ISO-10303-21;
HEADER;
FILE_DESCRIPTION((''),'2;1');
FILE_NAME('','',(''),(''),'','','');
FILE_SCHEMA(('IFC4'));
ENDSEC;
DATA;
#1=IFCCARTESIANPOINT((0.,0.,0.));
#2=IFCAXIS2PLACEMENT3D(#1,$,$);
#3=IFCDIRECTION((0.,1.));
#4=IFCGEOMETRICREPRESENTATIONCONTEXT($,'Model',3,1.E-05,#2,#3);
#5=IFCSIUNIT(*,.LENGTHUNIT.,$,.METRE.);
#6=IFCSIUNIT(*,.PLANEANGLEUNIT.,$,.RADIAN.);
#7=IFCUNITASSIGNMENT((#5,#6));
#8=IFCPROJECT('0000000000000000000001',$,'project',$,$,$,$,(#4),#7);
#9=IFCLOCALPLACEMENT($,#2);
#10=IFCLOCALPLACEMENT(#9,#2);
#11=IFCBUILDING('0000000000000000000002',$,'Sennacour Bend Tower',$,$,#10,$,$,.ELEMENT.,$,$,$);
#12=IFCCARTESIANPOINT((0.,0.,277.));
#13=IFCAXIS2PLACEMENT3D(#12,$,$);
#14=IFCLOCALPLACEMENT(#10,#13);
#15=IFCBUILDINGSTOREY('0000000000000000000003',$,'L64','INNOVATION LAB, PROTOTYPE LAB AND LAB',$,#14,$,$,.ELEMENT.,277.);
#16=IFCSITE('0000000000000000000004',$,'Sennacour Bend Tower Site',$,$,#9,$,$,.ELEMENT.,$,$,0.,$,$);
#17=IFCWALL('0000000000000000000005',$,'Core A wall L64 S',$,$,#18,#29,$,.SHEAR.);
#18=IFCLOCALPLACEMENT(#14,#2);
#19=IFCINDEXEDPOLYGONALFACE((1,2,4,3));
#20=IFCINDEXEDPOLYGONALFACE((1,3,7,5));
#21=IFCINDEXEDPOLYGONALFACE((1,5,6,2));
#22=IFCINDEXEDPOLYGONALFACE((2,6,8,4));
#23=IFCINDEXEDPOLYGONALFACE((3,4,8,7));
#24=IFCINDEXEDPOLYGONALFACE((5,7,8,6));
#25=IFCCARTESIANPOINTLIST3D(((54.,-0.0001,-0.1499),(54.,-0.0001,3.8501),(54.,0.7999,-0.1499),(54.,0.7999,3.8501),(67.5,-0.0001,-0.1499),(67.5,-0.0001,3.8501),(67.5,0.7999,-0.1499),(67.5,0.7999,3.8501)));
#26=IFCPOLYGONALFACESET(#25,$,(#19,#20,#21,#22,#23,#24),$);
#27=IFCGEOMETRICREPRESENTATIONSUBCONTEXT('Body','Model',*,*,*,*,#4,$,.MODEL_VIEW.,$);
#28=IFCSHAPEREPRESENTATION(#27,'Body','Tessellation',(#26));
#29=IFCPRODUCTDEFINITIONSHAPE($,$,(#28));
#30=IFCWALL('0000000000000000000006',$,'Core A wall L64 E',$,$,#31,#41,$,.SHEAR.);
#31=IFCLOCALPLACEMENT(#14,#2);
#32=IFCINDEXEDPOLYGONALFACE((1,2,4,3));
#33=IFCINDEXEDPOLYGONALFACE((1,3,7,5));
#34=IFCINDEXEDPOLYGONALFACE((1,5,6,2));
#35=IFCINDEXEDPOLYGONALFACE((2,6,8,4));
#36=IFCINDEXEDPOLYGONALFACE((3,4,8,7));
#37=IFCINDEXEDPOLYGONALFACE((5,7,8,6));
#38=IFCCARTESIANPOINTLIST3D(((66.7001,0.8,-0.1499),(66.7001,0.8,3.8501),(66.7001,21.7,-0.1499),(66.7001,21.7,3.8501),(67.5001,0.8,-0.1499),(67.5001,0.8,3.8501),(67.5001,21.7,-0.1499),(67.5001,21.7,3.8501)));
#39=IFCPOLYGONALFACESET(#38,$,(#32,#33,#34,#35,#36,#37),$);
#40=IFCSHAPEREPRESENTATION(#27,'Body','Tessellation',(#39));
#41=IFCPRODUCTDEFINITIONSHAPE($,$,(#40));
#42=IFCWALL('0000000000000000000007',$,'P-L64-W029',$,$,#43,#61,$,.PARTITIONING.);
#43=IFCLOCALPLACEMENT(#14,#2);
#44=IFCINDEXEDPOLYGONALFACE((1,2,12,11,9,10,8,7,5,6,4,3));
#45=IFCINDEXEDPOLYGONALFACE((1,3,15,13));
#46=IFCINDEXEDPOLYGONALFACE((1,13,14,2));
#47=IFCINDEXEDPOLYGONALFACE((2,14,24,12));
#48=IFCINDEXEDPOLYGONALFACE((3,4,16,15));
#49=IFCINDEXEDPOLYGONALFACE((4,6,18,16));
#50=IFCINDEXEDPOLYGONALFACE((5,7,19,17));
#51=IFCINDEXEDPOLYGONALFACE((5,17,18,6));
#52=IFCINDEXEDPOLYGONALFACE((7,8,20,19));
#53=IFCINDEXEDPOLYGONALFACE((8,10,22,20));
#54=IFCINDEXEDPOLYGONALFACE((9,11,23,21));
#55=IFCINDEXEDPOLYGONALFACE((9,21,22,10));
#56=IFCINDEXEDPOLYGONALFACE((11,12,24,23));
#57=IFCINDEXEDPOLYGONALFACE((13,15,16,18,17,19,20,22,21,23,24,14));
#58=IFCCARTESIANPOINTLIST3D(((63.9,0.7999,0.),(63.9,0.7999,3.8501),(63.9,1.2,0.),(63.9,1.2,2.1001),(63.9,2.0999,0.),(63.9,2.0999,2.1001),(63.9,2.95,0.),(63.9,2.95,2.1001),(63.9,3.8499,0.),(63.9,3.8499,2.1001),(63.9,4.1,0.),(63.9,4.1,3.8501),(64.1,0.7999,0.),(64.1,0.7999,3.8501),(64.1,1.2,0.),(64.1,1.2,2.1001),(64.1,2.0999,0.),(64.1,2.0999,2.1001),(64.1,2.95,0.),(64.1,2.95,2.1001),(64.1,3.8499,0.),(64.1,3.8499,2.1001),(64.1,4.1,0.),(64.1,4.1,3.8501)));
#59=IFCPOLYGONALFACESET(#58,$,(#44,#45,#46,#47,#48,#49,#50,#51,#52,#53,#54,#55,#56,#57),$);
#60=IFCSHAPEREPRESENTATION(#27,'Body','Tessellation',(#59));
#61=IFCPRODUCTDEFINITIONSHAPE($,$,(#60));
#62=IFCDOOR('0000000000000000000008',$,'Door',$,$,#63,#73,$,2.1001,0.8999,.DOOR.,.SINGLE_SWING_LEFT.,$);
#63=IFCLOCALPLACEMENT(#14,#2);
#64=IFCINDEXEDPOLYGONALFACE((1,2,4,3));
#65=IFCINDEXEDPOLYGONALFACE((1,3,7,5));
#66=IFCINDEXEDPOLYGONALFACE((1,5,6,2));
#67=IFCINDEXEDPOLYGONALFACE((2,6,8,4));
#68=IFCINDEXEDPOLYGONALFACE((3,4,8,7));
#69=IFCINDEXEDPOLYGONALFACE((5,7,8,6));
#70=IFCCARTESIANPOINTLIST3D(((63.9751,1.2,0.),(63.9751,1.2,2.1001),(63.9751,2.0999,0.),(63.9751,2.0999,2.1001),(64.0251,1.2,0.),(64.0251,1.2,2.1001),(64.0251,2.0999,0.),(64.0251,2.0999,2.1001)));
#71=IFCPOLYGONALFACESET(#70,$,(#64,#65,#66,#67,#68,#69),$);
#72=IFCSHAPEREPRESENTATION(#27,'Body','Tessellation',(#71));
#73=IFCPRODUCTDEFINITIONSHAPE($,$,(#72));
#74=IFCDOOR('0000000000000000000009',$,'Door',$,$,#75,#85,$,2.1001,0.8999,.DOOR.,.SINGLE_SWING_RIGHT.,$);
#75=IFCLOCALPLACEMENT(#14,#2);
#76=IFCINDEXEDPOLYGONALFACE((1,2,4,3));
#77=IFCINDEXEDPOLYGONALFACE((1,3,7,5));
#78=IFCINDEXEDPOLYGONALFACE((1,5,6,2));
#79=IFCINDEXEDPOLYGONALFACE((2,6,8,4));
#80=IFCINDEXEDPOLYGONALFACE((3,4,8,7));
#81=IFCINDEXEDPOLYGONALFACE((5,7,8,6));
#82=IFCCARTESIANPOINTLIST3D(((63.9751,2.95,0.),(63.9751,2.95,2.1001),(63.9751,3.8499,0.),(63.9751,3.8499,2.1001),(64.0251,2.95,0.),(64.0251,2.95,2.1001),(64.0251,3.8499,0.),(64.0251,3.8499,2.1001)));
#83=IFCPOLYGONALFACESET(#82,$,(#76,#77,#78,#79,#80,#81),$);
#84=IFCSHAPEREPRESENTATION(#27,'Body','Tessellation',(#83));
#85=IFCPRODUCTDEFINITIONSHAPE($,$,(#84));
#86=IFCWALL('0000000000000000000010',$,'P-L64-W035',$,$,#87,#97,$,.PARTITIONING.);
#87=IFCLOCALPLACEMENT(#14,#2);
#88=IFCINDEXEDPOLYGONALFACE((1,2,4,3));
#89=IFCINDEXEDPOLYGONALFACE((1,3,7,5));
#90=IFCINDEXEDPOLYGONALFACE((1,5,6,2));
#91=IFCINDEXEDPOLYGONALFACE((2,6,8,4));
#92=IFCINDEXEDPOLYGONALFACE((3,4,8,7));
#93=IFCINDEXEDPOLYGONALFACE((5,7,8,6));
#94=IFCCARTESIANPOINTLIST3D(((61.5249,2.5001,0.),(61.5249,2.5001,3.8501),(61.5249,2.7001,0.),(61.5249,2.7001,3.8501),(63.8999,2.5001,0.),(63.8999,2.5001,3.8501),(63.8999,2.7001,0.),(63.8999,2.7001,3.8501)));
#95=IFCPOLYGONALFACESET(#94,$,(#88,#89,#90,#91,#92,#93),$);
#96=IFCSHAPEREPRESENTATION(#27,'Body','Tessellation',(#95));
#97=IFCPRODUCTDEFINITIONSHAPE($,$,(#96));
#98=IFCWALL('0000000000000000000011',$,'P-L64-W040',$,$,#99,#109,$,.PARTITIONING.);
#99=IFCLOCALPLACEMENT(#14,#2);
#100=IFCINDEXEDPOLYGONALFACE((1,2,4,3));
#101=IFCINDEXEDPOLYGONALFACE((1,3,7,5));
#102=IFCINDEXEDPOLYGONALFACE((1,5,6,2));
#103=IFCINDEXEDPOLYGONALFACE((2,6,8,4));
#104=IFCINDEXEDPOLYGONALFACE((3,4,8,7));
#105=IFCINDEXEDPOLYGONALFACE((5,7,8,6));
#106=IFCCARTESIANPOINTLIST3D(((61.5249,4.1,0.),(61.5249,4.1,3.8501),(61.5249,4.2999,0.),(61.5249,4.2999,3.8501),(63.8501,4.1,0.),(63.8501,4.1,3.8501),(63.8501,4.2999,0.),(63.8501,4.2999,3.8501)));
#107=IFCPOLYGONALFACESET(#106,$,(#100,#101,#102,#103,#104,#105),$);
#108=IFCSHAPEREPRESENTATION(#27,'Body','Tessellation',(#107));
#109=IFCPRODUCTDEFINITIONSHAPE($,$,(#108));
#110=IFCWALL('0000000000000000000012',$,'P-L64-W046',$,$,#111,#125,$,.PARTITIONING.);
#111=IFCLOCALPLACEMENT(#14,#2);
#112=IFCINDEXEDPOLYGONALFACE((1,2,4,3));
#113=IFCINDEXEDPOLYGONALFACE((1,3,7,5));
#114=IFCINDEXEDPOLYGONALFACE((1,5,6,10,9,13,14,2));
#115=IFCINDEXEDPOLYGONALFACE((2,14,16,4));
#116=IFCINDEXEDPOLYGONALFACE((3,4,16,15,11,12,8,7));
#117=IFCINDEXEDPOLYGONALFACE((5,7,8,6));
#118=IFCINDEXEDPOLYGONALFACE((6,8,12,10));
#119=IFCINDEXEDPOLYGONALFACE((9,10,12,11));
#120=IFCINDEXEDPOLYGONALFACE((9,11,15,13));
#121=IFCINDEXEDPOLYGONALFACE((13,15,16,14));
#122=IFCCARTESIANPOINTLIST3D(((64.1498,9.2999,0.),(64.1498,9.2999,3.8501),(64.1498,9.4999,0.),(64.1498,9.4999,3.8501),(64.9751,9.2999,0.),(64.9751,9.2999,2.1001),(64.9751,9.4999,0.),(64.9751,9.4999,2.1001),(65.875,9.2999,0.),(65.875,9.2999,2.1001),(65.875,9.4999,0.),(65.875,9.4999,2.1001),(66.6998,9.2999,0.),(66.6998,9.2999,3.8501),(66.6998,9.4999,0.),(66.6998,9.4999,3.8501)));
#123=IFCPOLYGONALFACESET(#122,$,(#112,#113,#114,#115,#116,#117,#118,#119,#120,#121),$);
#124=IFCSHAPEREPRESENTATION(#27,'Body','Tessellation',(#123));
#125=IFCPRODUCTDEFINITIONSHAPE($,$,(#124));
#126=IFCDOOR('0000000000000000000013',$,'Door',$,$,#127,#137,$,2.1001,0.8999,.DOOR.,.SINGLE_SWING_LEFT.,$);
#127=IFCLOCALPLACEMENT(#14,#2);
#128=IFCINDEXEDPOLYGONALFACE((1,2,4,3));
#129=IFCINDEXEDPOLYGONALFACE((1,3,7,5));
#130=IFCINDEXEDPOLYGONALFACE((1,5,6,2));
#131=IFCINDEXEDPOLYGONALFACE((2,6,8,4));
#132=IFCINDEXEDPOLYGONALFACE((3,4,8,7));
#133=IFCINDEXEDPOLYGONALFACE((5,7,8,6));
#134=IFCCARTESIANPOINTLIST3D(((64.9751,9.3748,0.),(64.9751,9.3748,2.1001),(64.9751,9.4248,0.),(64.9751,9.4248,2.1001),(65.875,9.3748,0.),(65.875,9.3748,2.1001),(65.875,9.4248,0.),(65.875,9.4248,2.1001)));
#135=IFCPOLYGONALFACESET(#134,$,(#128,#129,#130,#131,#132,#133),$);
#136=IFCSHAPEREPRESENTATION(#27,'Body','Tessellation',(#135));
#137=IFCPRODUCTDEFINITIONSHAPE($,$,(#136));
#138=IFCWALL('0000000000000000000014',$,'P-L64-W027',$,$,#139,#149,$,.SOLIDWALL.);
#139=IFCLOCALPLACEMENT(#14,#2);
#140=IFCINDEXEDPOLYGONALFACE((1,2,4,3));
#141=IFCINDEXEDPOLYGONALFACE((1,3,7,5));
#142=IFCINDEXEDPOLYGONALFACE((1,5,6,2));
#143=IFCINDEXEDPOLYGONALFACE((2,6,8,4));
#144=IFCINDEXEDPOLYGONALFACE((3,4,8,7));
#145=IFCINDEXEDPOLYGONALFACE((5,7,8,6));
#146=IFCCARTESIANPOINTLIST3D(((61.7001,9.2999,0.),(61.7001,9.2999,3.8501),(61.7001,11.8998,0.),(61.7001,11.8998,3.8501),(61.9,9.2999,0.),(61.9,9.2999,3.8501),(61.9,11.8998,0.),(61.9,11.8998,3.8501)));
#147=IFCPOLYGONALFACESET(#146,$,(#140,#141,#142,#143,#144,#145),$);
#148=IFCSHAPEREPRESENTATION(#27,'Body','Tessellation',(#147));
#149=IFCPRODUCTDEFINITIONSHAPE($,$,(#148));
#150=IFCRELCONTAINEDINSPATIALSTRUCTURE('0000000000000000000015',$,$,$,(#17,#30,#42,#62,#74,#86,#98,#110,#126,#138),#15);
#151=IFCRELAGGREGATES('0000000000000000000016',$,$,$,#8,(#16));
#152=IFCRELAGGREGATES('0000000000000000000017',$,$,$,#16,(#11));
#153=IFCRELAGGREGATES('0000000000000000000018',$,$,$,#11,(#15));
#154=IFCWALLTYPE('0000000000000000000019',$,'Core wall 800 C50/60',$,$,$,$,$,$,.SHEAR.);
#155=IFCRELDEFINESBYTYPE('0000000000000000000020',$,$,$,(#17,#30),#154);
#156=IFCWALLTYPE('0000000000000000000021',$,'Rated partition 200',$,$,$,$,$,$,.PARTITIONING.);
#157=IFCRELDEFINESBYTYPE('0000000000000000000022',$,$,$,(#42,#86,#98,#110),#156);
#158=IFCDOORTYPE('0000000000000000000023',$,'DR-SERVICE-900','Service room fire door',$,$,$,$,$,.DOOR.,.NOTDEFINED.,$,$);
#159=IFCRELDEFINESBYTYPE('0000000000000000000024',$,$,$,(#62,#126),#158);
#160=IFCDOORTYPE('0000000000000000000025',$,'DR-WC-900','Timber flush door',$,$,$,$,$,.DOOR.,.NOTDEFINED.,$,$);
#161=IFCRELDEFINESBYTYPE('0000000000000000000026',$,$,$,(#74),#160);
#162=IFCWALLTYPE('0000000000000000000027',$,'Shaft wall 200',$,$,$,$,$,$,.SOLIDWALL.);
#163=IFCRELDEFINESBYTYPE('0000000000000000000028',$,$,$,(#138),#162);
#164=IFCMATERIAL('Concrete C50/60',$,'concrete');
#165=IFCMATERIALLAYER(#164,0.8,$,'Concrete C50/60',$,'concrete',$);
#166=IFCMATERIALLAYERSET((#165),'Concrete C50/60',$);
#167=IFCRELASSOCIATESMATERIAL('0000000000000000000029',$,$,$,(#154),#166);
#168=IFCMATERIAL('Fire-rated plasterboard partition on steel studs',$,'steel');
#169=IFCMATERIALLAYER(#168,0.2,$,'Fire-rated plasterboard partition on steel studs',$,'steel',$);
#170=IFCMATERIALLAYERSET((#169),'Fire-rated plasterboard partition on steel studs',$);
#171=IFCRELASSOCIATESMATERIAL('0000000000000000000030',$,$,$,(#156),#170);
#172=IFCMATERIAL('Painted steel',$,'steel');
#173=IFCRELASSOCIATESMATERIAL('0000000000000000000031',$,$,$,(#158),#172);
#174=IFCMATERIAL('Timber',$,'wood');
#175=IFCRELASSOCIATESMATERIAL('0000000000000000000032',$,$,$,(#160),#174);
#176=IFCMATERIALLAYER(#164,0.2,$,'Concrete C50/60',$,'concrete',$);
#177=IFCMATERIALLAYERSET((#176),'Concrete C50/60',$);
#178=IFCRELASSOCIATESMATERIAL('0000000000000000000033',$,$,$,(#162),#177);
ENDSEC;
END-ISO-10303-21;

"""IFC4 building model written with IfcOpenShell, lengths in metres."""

from ifc_helpers import new_model, si_unit, direction, frame, frame_2d, origin, place, context, subcontext, project, spatial, rectangle, extrude, material, layer, layer_set, type_object, element, fill, save


model = new_model("IFC4")

# Units and contexts
model_context = context("Model", 3, precision=1e-05, world=origin(), true_north=direction((0.0, 1.0)))
body_context = subcontext(model_context, "Body", "Model", "MODEL_VIEW")
ifc_project = project(units=[si_unit("LENGTHUNIT", "METRE"), si_unit("PLANEANGLEUNIT", "RADIAN")], contexts=[model_context])

# Site, building, storey
site_placement = place(None, origin())
site = spatial("IfcSite", under=ifc_project, at=site_placement, Name="Sennacour Bend Tower Site", CompositionType="ELEMENT", RefElevation=0.0)
building_placement = place(site_placement, origin())
building = spatial("IfcBuilding", under=site, at=building_placement, Name="Sennacour Bend Tower", CompositionType="ELEMENT")
storey_placement = place(building_placement, frame((0.0, 0.0, 277.0)))
storey = spatial("IfcBuildingStorey", under=building, at=storey_placement, Name="L64", Description="INNOVATION LAB, PROTOTYPE LAB AND LAB", CompositionType="ELEMENT", Elevation=277.0)

# Walls
ifc_material_1 = material(Name="Concrete C50/60", Category="concrete")
ifc_layer_1 = layer(ifc_material_1, 0.8, Name="Concrete C50/60", Category="concrete")
ifc_layer_set_1 = layer_set([ifc_layer_1], Name="Concrete C50/60")
wall_type_1 = type_object("IfcWallType", Name="Core wall 800 C50/60", PredefinedType="SHEAR", material=ifc_layer_set_1)
wall_1_placement = place(storey_placement, frame((67.5, 0.3999, -0.1499), z_axis=(0.0, 0.0, 1.0), x_axis=(-1.0, 0.0, 0.0)))
element("IfcWall", 1, at=wall_1_placement, inside=storey, type_object=wall_type_1, Name="Core A wall L64 S", PredefinedType="SHEAR", context=body_context, shape_type="SweptSolid", body=[
    extrude(rectangle(XDim=13.5, YDim=0.8, at=frame_2d((6.75, 0.0))), origin(), (0.0, 0.0, 1.0), 4.0),
])
wall_2_placement = place(storey_placement, frame((67.1001, 0.8, -0.1499), z_axis=(0.0, 0.0, 1.0), x_axis=(0.0, 1.0, 0.0)))
element("IfcWall", 2, at=wall_2_placement, inside=storey, type_object=wall_type_1, Name="Core A wall L64 E", PredefinedType="SHEAR", context=body_context, shape_type="SweptSolid", body=[
    extrude(rectangle(XDim=20.8999, YDim=0.8, at=frame_2d((10.45, 0.0))), origin(), (0.0, 0.0, 1.0), 4.0),
])

# Wall, openings, doors
ifc_material_2 = material(Name="Fire-rated plasterboard partition on steel studs", Category="steel")
ifc_layer_2 = layer(ifc_material_2, 0.2, Name="Fire-rated plasterboard partition on steel studs", Category="steel")
ifc_layer_set_2 = layer_set([ifc_layer_2], Name="Fire-rated plasterboard partition on steel studs")
wall_type_2 = type_object("IfcWallType", Name="Rated partition 200", PredefinedType="PARTITIONING", material=ifc_layer_set_2)
wall_3_placement = place(storey_placement, frame((64.0, 0.8, 0.0), z_axis=(0.0, 0.0, 1.0), x_axis=(0.0, 1.0, 0.0)))
wall_3 = element("IfcWall", 3, at=wall_3_placement, inside=storey, type_object=wall_type_2, Name="P-L64-W029", PredefinedType="PARTITIONING", context=body_context, shape_type="SweptSolid", body=[
    extrude(rectangle(XDim=3.3, YDim=0.2, at=frame_2d((1.6499, 0.0))), origin(), (0.0, 0.0, 1.0), 3.8501),
])
opening_1_placement = place(wall_3_placement, frame((0.3999, 0.0, 0.0)))
opening_1 = element("IfcOpeningElement", 4, at=opening_1_placement, cuts=wall_3, PredefinedType="OPENING", context=body_context, shape_type="SweptSolid", body=[
    extrude(rectangle(XDim=0.8999, YDim=2.1001, at=frame_2d((0.45, 1.05))), frame((0.0, 0.1099, 0.0), z_axis=(0.0, -1.0, 0.0), x_axis=(1.0, 0.0, 0.0)), (0.0, 0.0, 1.0), 0.22),
])
opening_2_placement = place(wall_3_placement, frame((2.1499, 0.0, 0.0)))
opening_2 = element("IfcOpeningElement", 5, at=opening_2_placement, cuts=wall_3, PredefinedType="OPENING", context=body_context, shape_type="SweptSolid", body=[
    extrude(rectangle(XDim=0.8999, YDim=2.1001, at=frame_2d((0.45, 1.05))), frame((0.0, 0.1099, 0.0), z_axis=(0.0, -1.0, 0.0), x_axis=(1.0, 0.0, 0.0)), (0.0, 0.0, 1.0), 0.22),
])
ifc_material_3 = material(Name="Painted steel", Category="steel")
door_type_1 = type_object("IfcDoorType", Name="DR-SERVICE-900", Description="Service room fire door", OperationType="NOTDEFINED", PredefinedType="DOOR", material=ifc_material_3)
door_1_placement = place(opening_1_placement, origin())
door_1 = element("IfcDoor", 6, at=door_1_placement, inside=storey, type_object=door_type_1, Name="Door", OperationType="SINGLE_SWING_LEFT", OverallHeight=2.1001, OverallWidth=0.8999, PredefinedType="DOOR", context=body_context, shape_type="SweptSolid", body=[
    extrude(rectangle(XDim=0.8999, YDim=2.1001, at=frame_2d((0.45, 1.05))), frame((0.0, 0.0249, 0.0), z_axis=(0.0, -1.0, 0.0), x_axis=(1.0, 0.0, 0.0)), (0.0, 0.0, 1.0), 0.05),
])
fill(opening_1, door_1)
ifc_material_4 = material(Name="Timber", Category="wood")
door_type_2 = type_object("IfcDoorType", Name="DR-WC-900", Description="Timber flush door", OperationType="NOTDEFINED", PredefinedType="DOOR", material=ifc_material_4)
door_2_placement = place(opening_2_placement, origin())
door_2 = element("IfcDoor", 7, at=door_2_placement, inside=storey, type_object=door_type_2, Name="Door", OperationType="SINGLE_SWING_RIGHT", OverallHeight=2.1001, OverallWidth=0.8999, PredefinedType="DOOR", context=body_context, shape_type="SweptSolid", body=[
    extrude(rectangle(XDim=0.8999, YDim=2.1001, at=frame_2d((0.45, 1.05))), frame((0.0, 0.0249, 0.0), z_axis=(0.0, -1.0, 0.0), x_axis=(1.0, 0.0, 0.0)), (0.0, 0.0, 1.0), 0.05),
])
fill(opening_2, door_2)

# Walls
wall_4_placement = place(storey_placement, frame((61.5249, 2.6001, 0.0), z_axis=(0.0, 0.0, 1.0), x_axis=(1.0, 0.0, 0.0)))
element("IfcWall", 8, at=wall_4_placement, inside=storey, type_object=wall_type_2, Name="P-L64-W035", PredefinedType="PARTITIONING", context=body_context, shape_type="SweptSolid", body=[
    extrude(rectangle(XDim=2.375, YDim=0.2, at=frame_2d((1.1875, 0.0))), origin(), (0.0, 0.0, 1.0), 3.8501),
])
wall_5_placement = place(storey_placement, frame((61.5249, 4.2, 0.0), z_axis=(0.0, 0.0, 1.0), x_axis=(1.0, 0.0, 0.0)))
element("IfcWall", 9, at=wall_5_placement, inside=storey, type_object=wall_type_2, Name="P-L64-W040", PredefinedType="PARTITIONING", context=body_context, shape_type="SweptSolid", body=[
    extrude(rectangle(XDim=2.3252, YDim=0.2, at=frame_2d((1.1626, 0.0))), origin(), (0.0, 0.0, 1.0), 3.8501),
])

# Wall, opening, door
wall_6_placement = place(storey_placement, frame((64.1499, 9.3999, 0.0), z_axis=(0.0, 0.0, 1.0), x_axis=(1.0, 0.0, 0.0)))
wall_6 = element("IfcWall", 10, at=wall_6_placement, inside=storey, type_object=wall_type_2, Name="P-L64-W046", PredefinedType="PARTITIONING", context=body_context, shape_type="SweptSolid", body=[
    extrude(rectangle(XDim=2.55, YDim=0.2, at=frame_2d((1.2749, 0.0))), origin(), (0.0, 0.0, 1.0), 3.8501),
])
opening_3_placement = place(wall_6_placement, frame((0.8252, 0.0, 0.0)))
opening_3 = element("IfcOpeningElement", 11, at=opening_3_placement, cuts=wall_6, PredefinedType="OPENING", context=body_context, shape_type="SweptSolid", body=[
    extrude(rectangle(XDim=0.8999, YDim=2.1001, at=frame_2d((0.45, 1.05))), frame((0.0, 0.1099, 0.0), z_axis=(0.0, -1.0, 0.0), x_axis=(1.0, 0.0, 0.0)), (0.0, 0.0, 1.0), 0.22),
])
door_3_placement = place(opening_3_placement, origin())
door_3 = element("IfcDoor", 12, at=door_3_placement, inside=storey, type_object=door_type_1, Name="Door", OperationType="SINGLE_SWING_LEFT", OverallHeight=2.1001, OverallWidth=0.8999, PredefinedType="DOOR", context=body_context, shape_type="SweptSolid", body=[
    extrude(rectangle(XDim=0.8999, YDim=2.1001, at=frame_2d((0.45, 1.05))), frame((0.0, 0.0249, 0.0), z_axis=(0.0, -1.0, 0.0), x_axis=(1.0, 0.0, 0.0)), (0.0, 0.0, 1.0), 0.05),
])
fill(opening_3, door_3)

# Wall
ifc_layer_3 = layer(ifc_material_1, 0.2, Name="Concrete C50/60", Category="concrete")
ifc_layer_set_3 = layer_set([ifc_layer_3], Name="Concrete C50/60")
wall_type_3 = type_object("IfcWallType", Name="Shaft wall 200", PredefinedType="SOLIDWALL", material=ifc_layer_set_3)
wall_7_placement = place(storey_placement, frame((61.8, 9.3, 0.0), z_axis=(0.0, 0.0, 1.0), x_axis=(0.0, 1.0, 0.0)))
element("IfcWall", 13, at=wall_7_placement, inside=storey, type_object=wall_type_3, Name="P-L64-W027", PredefinedType="SOLIDWALL", context=body_context, shape_type="SweptSolid", body=[
    extrude(rectangle(XDim=2.5999, YDim=0.2, at=frame_2d((1.2998, 0.0))), origin(), (0.0, 0.0, 1.0), 3.8501),
])

save(model, "model.ifc")
